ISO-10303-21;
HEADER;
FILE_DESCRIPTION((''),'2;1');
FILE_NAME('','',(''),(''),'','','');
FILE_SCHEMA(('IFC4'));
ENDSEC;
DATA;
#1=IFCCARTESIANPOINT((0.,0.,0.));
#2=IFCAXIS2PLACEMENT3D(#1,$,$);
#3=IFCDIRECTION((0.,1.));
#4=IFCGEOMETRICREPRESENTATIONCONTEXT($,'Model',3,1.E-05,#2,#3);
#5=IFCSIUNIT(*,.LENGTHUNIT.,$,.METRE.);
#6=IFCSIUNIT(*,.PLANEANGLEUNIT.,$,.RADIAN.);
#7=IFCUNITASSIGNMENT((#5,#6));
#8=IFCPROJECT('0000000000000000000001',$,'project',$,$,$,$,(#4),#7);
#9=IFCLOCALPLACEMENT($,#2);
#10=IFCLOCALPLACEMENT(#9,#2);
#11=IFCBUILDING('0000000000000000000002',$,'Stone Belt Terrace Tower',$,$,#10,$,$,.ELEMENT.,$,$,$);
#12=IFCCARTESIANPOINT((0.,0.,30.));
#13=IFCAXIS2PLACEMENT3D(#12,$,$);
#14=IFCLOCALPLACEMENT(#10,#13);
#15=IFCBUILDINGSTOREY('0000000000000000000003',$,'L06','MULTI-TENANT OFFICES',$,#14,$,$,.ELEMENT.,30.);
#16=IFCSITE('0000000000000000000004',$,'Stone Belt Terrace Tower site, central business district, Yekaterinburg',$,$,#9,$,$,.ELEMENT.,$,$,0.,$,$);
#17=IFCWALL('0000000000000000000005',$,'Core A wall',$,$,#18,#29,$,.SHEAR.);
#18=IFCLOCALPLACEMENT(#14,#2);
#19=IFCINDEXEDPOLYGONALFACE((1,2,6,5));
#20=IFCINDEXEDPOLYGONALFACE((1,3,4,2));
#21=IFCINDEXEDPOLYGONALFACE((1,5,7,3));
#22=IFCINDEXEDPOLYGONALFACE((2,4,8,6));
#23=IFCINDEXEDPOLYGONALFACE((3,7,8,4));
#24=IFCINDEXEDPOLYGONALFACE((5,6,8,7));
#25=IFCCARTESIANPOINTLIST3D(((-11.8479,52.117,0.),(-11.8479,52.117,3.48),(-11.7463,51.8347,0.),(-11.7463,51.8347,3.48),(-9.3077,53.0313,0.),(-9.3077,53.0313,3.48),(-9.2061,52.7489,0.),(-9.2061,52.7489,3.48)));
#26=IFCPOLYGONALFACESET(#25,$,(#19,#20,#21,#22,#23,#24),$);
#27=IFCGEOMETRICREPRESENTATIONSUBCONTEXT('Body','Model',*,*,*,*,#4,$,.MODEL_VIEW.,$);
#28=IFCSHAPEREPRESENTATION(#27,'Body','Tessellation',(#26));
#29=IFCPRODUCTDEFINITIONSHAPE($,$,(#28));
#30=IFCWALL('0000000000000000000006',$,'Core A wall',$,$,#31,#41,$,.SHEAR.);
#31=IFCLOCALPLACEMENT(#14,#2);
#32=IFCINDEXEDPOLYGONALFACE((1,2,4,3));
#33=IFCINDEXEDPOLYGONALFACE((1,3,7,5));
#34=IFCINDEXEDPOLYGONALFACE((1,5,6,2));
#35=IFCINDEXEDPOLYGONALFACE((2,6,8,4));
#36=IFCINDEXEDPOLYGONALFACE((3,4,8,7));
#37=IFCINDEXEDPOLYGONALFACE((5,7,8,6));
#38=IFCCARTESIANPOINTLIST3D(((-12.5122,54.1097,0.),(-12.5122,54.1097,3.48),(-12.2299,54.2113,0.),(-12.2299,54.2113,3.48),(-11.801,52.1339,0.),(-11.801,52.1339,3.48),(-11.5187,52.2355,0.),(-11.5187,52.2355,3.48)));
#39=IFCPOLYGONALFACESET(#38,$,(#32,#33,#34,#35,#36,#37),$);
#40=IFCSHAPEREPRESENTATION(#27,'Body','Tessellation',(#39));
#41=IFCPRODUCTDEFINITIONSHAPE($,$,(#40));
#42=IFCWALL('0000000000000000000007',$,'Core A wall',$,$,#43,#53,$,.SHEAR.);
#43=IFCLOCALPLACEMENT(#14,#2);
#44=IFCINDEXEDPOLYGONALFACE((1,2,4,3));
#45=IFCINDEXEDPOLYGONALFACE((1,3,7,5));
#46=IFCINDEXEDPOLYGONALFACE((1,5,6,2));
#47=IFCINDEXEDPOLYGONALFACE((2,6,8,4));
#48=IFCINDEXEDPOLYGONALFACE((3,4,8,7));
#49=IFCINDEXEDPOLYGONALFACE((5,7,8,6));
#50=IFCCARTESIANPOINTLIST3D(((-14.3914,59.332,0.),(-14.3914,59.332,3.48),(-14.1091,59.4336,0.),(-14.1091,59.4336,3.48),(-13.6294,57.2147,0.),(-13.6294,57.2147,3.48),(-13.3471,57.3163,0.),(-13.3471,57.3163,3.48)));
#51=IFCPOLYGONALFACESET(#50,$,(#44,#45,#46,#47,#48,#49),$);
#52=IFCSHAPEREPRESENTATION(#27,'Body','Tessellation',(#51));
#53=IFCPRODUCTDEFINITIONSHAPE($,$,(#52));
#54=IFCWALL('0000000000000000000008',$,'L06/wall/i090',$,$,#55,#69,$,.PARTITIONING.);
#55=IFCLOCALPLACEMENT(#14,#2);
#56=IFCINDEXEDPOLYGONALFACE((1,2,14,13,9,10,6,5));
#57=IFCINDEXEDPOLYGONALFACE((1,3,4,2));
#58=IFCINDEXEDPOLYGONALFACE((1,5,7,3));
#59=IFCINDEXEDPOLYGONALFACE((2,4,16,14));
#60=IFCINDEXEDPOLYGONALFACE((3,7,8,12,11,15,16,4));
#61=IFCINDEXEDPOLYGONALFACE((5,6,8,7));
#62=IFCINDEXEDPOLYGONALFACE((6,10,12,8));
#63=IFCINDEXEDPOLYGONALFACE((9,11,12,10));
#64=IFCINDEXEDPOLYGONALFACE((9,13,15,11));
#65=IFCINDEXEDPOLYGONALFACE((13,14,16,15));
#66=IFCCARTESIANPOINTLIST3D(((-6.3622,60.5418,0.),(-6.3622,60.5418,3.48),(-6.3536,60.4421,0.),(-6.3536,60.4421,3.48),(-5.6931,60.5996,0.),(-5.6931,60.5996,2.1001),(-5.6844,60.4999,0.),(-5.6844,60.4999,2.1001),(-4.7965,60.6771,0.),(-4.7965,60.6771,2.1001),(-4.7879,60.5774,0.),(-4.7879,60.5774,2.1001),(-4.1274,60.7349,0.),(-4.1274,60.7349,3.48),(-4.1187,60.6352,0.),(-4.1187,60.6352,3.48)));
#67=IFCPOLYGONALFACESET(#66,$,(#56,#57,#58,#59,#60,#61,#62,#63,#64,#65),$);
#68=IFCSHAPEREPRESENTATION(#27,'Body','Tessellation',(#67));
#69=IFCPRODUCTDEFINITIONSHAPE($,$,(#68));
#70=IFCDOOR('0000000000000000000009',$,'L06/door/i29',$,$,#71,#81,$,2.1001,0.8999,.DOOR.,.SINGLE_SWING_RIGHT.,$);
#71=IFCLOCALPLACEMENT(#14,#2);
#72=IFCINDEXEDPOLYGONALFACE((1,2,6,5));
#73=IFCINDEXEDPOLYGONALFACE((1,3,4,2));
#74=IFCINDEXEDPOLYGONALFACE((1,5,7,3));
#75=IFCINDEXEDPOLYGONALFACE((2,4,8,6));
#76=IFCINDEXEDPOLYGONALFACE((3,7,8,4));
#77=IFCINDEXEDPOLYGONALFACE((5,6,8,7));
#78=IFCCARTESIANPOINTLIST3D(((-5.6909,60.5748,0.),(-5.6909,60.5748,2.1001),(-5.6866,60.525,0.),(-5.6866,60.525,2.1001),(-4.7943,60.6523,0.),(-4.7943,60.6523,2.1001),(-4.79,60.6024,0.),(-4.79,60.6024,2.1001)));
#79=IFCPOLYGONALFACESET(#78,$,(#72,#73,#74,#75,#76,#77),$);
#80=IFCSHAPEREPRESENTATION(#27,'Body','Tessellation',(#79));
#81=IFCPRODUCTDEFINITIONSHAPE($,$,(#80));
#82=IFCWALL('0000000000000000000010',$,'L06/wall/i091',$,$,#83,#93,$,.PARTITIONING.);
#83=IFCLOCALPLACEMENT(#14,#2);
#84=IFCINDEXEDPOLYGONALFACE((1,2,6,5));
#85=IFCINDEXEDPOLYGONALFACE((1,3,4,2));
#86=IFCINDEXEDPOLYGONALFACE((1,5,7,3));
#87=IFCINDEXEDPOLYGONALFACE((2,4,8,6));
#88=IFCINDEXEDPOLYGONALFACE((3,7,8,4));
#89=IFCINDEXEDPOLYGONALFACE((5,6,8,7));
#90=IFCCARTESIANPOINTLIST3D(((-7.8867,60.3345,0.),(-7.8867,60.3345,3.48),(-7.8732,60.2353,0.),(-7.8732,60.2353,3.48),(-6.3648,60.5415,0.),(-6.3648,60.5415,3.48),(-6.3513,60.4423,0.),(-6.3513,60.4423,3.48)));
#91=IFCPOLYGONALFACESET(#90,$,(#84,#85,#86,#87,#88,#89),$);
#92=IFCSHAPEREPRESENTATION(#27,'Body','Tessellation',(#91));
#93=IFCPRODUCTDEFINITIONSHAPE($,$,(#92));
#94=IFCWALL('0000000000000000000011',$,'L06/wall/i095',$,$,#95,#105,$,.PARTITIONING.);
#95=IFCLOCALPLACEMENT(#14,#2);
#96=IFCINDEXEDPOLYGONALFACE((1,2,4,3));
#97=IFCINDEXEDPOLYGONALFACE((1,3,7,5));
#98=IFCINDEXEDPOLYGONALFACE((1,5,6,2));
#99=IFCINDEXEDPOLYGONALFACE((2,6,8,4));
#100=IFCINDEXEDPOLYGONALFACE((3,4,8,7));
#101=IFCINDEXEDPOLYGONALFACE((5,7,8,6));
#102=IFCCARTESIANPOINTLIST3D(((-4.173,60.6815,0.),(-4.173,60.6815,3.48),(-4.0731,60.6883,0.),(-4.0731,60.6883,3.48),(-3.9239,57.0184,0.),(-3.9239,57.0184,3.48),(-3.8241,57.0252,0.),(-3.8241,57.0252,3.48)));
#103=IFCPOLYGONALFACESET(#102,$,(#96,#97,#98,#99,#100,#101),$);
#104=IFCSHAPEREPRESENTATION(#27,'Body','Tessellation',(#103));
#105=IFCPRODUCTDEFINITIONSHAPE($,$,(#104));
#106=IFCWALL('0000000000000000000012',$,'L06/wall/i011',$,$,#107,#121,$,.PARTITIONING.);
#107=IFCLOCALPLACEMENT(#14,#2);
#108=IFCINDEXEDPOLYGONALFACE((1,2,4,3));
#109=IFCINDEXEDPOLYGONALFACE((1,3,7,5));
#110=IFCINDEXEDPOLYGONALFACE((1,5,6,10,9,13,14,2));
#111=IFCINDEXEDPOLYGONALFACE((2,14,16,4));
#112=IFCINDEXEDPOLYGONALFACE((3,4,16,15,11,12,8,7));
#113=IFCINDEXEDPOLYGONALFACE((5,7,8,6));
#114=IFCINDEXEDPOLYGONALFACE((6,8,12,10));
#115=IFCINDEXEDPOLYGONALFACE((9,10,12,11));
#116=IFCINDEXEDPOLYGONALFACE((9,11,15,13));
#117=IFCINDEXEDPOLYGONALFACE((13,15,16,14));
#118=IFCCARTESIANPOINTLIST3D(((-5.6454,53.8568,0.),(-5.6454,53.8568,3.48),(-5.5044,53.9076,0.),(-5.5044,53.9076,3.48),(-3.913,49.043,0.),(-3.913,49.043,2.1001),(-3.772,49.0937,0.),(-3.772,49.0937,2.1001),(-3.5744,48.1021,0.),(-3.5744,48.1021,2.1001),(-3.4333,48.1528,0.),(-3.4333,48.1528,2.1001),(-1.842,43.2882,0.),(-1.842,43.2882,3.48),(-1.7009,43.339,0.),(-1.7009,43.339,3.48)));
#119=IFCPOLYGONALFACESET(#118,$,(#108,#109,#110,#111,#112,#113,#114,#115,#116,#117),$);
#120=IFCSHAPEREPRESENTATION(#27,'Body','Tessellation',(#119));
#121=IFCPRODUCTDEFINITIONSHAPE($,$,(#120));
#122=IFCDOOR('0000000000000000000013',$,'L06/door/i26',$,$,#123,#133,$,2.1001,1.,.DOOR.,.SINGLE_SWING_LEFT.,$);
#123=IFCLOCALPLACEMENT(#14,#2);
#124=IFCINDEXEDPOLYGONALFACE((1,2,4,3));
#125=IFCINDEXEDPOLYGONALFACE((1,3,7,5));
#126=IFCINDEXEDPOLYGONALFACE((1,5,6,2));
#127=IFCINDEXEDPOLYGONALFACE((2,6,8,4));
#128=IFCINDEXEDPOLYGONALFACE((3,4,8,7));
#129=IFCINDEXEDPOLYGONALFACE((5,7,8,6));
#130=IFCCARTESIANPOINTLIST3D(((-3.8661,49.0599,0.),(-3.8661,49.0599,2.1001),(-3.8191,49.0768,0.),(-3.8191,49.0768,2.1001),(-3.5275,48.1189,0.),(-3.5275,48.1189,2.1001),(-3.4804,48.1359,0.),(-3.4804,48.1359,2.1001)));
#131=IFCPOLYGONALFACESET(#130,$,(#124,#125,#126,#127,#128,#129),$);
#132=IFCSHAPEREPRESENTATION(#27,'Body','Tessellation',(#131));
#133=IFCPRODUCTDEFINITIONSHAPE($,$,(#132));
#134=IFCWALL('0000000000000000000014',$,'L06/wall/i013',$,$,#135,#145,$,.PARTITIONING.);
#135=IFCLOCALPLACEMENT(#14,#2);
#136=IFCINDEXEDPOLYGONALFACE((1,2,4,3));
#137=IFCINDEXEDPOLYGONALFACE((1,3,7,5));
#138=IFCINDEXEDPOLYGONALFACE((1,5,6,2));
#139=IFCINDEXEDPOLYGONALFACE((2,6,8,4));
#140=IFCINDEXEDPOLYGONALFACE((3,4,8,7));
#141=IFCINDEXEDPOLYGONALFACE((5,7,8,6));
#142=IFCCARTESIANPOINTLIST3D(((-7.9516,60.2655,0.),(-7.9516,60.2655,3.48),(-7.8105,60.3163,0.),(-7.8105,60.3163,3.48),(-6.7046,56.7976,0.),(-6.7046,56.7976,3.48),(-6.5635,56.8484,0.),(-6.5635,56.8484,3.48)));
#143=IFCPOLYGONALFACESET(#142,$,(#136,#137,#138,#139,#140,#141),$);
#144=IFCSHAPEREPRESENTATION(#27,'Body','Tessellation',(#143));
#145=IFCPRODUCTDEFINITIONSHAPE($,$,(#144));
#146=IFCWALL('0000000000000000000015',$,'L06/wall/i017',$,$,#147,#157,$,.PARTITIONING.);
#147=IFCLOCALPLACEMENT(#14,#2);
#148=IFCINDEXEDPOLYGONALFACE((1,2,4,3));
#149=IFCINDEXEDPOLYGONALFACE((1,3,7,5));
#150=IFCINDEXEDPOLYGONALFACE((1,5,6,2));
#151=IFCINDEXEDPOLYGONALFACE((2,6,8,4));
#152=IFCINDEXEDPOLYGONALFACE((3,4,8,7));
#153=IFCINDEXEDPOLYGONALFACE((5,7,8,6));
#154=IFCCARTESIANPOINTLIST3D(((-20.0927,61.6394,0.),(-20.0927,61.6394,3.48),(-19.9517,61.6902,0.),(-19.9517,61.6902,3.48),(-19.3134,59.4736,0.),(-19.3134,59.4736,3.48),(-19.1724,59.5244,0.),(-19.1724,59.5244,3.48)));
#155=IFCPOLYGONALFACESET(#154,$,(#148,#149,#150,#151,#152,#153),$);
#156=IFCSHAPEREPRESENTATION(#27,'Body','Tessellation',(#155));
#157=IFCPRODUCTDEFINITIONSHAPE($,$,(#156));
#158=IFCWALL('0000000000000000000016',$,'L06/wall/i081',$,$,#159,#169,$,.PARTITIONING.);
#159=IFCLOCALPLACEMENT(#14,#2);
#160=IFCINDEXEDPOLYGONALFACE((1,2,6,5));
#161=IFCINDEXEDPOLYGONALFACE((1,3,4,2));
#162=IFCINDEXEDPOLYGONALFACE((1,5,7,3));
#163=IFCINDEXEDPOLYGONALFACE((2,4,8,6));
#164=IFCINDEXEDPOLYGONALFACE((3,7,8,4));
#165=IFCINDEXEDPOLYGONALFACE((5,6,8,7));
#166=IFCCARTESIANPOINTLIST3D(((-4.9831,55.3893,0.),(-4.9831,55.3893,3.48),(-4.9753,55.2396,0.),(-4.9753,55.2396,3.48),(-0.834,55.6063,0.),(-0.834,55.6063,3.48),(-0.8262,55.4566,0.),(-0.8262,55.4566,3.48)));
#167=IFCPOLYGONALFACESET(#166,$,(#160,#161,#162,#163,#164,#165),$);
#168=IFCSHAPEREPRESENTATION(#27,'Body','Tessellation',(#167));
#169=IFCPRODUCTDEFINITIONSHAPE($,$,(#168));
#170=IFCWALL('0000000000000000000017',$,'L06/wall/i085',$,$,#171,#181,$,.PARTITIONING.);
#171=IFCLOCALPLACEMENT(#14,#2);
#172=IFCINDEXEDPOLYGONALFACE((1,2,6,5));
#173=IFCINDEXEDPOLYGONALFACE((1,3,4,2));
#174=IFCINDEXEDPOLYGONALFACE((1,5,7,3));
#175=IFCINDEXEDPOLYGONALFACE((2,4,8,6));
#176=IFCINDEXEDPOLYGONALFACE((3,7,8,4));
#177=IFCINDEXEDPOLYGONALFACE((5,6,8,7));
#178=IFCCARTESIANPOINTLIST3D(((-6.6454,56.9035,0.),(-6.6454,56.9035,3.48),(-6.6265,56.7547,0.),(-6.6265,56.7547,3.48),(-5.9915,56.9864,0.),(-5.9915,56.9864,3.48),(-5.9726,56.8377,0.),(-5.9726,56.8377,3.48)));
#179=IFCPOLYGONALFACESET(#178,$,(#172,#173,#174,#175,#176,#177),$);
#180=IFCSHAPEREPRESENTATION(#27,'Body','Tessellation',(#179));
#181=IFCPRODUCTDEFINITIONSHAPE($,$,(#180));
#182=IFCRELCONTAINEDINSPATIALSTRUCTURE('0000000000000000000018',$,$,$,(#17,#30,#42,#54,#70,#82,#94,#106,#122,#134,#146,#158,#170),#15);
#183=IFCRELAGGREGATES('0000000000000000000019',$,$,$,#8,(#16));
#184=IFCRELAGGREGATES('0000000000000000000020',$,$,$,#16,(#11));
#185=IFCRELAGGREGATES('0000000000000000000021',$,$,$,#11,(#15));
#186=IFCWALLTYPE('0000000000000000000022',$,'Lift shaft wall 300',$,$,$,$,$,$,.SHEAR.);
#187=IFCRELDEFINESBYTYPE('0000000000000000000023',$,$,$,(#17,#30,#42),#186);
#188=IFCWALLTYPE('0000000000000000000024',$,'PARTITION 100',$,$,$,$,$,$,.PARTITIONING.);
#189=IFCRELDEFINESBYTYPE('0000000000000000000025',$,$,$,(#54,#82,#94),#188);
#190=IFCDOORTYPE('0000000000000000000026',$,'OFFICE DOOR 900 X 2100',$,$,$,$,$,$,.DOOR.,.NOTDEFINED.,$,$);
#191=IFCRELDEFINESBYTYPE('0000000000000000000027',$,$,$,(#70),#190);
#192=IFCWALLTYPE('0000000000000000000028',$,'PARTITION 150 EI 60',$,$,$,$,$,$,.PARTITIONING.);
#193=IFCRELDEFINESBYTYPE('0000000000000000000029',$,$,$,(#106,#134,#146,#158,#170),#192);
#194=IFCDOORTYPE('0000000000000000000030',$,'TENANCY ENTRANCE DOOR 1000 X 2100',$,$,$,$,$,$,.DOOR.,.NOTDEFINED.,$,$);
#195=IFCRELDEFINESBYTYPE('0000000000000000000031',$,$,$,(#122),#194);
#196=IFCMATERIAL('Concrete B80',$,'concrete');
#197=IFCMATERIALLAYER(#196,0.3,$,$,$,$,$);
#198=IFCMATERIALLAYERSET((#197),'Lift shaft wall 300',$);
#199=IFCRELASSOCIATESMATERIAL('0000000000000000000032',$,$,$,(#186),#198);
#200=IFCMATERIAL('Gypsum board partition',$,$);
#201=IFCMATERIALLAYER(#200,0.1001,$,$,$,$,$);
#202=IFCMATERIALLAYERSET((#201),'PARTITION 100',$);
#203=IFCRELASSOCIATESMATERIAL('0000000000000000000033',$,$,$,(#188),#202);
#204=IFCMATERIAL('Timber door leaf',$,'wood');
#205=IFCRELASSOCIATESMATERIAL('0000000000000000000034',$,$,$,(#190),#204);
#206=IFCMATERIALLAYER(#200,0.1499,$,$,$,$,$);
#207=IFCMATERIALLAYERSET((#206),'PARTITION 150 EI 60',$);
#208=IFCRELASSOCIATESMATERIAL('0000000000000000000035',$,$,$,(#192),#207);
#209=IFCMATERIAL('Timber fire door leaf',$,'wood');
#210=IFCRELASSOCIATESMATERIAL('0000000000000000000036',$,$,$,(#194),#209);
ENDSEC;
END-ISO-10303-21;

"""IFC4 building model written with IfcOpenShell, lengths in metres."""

from ifc_helpers import new_model, si_unit, direction, frame, frame_2d, origin, place, context, subcontext, project, spatial, rectangle, extrude, material, layer, layer_set, type_object, element, fill, save


model = new_model("IFC4")

# Units and contexts
model_context = context("Model", 3, precision=1e-05, world=origin(), true_north=direction((0.0, 1.0)))
body_context = subcontext(model_context, "Body", "Model", "MODEL_VIEW")
ifc_project = project(units=[si_unit("LENGTHUNIT", "METRE"), si_unit("PLANEANGLEUNIT", "RADIAN")], contexts=[model_context])

# Site, building, storey
site_placement = place(None, origin())
site = spatial("IfcSite", under=ifc_project, at=site_placement, Name="Stone Belt Terrace Tower site, central business district, Yekaterinburg", CompositionType="ELEMENT", RefElevation=0.0)
building_placement = place(site_placement, origin())
building = spatial("IfcBuilding", under=site, at=building_placement, Name="Stone Belt Terrace Tower", CompositionType="ELEMENT")
storey_placement = place(building_placement, frame((0.0, 0.0, 30.0)))
storey = spatial("IfcBuildingStorey", under=building, at=storey_placement, Name="L06", Description="MULTI-TENANT OFFICES", CompositionType="ELEMENT", Elevation=30.0)

# Shared definitions
ifc_material_1 = material(Name="Concrete B80", Category="concrete")

# Shared definitions
ifc_material_2 = material(Name="Timber door leaf", Category="wood")

# Walls
ifc_layer_1 = layer(ifc_material_1, 0.3)
ifc_layer_set_1 = layer_set([ifc_layer_1], Name="Lift shaft wall 300")
wall_type_1 = type_object("IfcWallType", Name="Lift shaft wall 300", PredefinedType="SHEAR", material=ifc_layer_set_1)
wall_1_placement = place(storey_placement, frame((-11.7971, 51.9758, 0.0), z_axis=(0.0, 0.0, 1.0), x_axis=(0.94091, 0.338655, 0.0)))
element("IfcWall", 1, at=wall_1_placement, inside=storey, type_object=wall_type_1, Name="Core A wall", PredefinedType="SHEAR", context=body_context, shape_type="SweptSolid", body=[
    extrude(rectangle(XDim=2.6997, YDim=0.3, at=frame_2d((1.3499, 0.0))), origin(), (0.0, 0.0, 1.0), 3.48),
])
wall_2_placement = place(storey_placement, frame((-11.6599, 52.1848, 0.0), z_axis=(0.0, 0.0, 1.0), x_axis=(-0.33867, 0.940905, 0.0)))
element("IfcWall", 2, at=wall_2_placement, inside=storey, type_object=wall_type_1, Name="Core A wall", PredefinedType="SHEAR", context=body_context, shape_type="SweptSolid", body=[
    extrude(rectangle(XDim=2.0999, YDim=0.3, at=frame_2d((1.0498, 0.0))), origin(), (0.0, 0.0, 1.0), 3.48),
])
wall_3_placement = place(storey_placement, frame((-13.4883, 57.2656, 0.0), z_axis=(0.0, 0.0, 1.0), x_axis=(-0.338631, 0.940919, 0.0)))
element("IfcWall", 3, at=wall_3_placement, inside=storey, type_object=wall_type_1, Name="Core A wall", PredefinedType="SHEAR", context=body_context, shape_type="SweptSolid", body=[
    extrude(rectangle(XDim=2.2502, YDim=0.3, at=frame_2d((1.125, 0.0))), origin(), (0.0, 0.0, 1.0), 3.48),
])

# Wall, opening, door
ifc_material_3 = material(Name="Gypsum board partition")
ifc_layer_2 = layer(ifc_material_3, 0.1001)
ifc_layer_set_2 = layer_set([ifc_layer_2], Name="PARTITION 100")
wall_type_2 = type_object("IfcWallType", Name="PARTITION 100", PredefinedType="PARTITIONING", material=ifc_layer_set_2)
wall_4_placement = place(storey_placement, frame((-4.123, 60.6851, 0.0), z_axis=(0.0, 0.0, 1.0), x_axis=(-0.996287, -0.08609, 0.0)))
wall_4 = element("IfcWall", 4, at=wall_4_placement, inside=storey, type_object=wall_type_2, Name="L06/wall/i090", PredefinedType="PARTITIONING", context=body_context, shape_type="SweptSolid", body=[
    extrude(rectangle(XDim=2.2432, YDim=0.1001, at=frame_2d((1.1216, 0.0))), origin(), (0.0, 0.0, 1.0), 3.48),
])
opening_1_placement = place(wall_4_placement, frame((0.6716, 0.0, 0.0)))
opening_1 = element("IfcOpeningElement", 5, at=opening_1_placement, cuts=wall_4, PredefinedType="OPENING", context=body_context, shape_type="SweptSolid", body=[
    extrude(rectangle(XDim=0.8999, YDim=2.1001, at=frame_2d((0.45, 1.05))), frame((0.0, 0.0601, 0.0), z_axis=(0.0, -1.0, 0.0), x_axis=(1.0, 0.0, 0.0)), (0.0, 0.0, 1.0), 0.1201),
])
door_type_1 = type_object("IfcDoorType", Name="OFFICE DOOR 900 X 2100", OperationType="NOTDEFINED", PredefinedType="DOOR", material=ifc_material_2)
door_1_placement = place(opening_1_placement, origin())
door_1 = element("IfcDoor", 6, at=door_1_placement, inside=storey, type_object=door_type_1, Name="L06/door/i29", OperationType="SINGLE_SWING_RIGHT", OverallHeight=2.1001, OverallWidth=0.8999, PredefinedType="DOOR", context=body_context, shape_type="SweptSolid", body=[
    extrude(rectangle(XDim=0.8999, YDim=2.1001, at=frame_2d((0.45, 1.05))), frame((0.0, 0.0249, 0.0), z_axis=(0.0, -1.0, 0.0), x_axis=(1.0, 0.0, 0.0)), (0.0, 0.0, 1.0), 0.05),
])
fill(opening_1, door_1)

# Walls
wall_5_placement = place(storey_placement, frame((-6.3579, 60.4919, 0.0), z_axis=(0.0, 0.0, 1.0), x_axis=(-0.990875, -0.134787, 0.0)))
element("IfcWall", 7, at=wall_5_placement, inside=storey, type_object=wall_type_2, Name="L06/wall/i091", PredefinedType="PARTITIONING", context=body_context, shape_type="SweptSolid", body=[
    extrude(rectangle(XDim=1.5359, YDim=0.1001, at=frame_2d((0.7681, 0.0))), origin(), (0.0, 0.0, 1.0), 3.48),
])
wall_6_placement = place(storey_placement, frame((-4.123, 60.6851, 0.0), z_axis=(0.0, 0.0, 1.0), x_axis=(0.067825, -0.997697, 0.0)))
element("IfcWall", 8, at=wall_6_placement, inside=storey, type_object=wall_type_2, Name="L06/wall/i095", PredefinedType="PARTITIONING", context=body_context, shape_type="SweptSolid", body=[
    extrude(rectangle(XDim=3.6716, YDim=0.1001, at=frame_2d((1.8359, 0.0))), origin(), (0.0, 0.0, 1.0), 3.48),
])

# Wall, opening, door
ifc_layer_3 = layer(ifc_material_3, 0.1499)
ifc_layer_set_3 = layer_set([ifc_layer_3], Name="PARTITION 150 EI 60")
wall_type_3 = type_object("IfcWallType", Name="PARTITION 150 EI 60", PredefinedType="PARTITIONING", material=ifc_layer_set_3)
wall_7_placement = place(storey_placement, frame((-5.575, 53.8823, 0.0), z_axis=(0.0, 0.0, 1.0), x_axis=(0.338622, -0.940922, 0.0)))
wall_7 = element("IfcWall", 9, at=wall_7_placement, inside=storey, type_object=wall_type_3, Name="L06/wall/i011", PredefinedType="PARTITIONING", context=body_context, shape_type="SweptSolid", body=[
    extrude(rectangle(XDim=11.2322, YDim=0.1499, at=frame_2d((5.6162, 0.0))), origin(), (0.0, 0.0, 1.0), 3.48),
])
opening_2_placement = place(wall_7_placement, frame((5.1162, 0.0, 0.0)))
opening_2 = element("IfcOpeningElement", 10, at=opening_2_placement, cuts=wall_7, PredefinedType="OPENING", context=body_context, shape_type="SweptSolid", body=[
    extrude(rectangle(XDim=1.0, YDim=2.1001, at=frame_2d((0.5, 1.05))), frame((0.0, 0.085, 0.0), z_axis=(0.0, -1.0, 0.0), x_axis=(1.0, 0.0, 0.0)), (0.0, 0.0, 1.0), 0.1699),
])
ifc_material_4 = material(Name="Timber fire door leaf", Category="wood")
door_type_2 = type_object("IfcDoorType", Name="TENANCY ENTRANCE DOOR 1000 X 2100", OperationType="NOTDEFINED", PredefinedType="DOOR", material=ifc_material_4)
door_2_placement = place(opening_2_placement, origin())
door_2 = element("IfcDoor", 11, at=door_2_placement, inside=storey, type_object=door_type_2, Name="L06/door/i26", OperationType="SINGLE_SWING_LEFT", OverallHeight=2.1001, OverallWidth=1.0, PredefinedType="DOOR", context=body_context, shape_type="SweptSolid", body=[
    extrude(rectangle(XDim=1.0, YDim=2.1001, at=frame_2d((0.5, 1.05))), frame((0.0, 0.0249, 0.0), z_axis=(0.0, -1.0, 0.0), x_axis=(1.0, 0.0, 0.0)), (0.0, 0.0, 1.0), 0.05),
])
fill(opening_2, door_2)

# Walls
wall_8_placement = place(storey_placement, frame((-7.8811, 60.291, 0.0), z_axis=(0.0, 0.0, 1.0), x_axis=(0.338379, -0.94101, 0.0)))
element("IfcWall", 12, at=wall_8_placement, inside=storey, type_object=wall_type_3, Name="L06/wall/i013", PredefinedType="PARTITIONING", context=body_context, shape_type="SweptSolid", body=[
    extrude(rectangle(XDim=3.6853, YDim=0.1499, at=frame_2d((1.8428, 0.0))), origin(), (0.0, 0.0, 1.0), 3.48),
])
wall_9_placement = place(storey_placement, frame((-20.0222, 61.6648, 0.0), z_axis=(0.0, 0.0, 1.0), x_axis=(0.338573, -0.94094, 0.0)))
element("IfcWall", 13, at=wall_9_placement, inside=storey, type_object=wall_type_3, Name="L06/wall/i017", PredefinedType="PARTITIONING", context=body_context, shape_type="SweptSolid", body=[
    extrude(rectangle(XDim=2.3018, YDim=0.1499, at=frame_2d((1.1509, 0.0))), origin(), (0.0, 0.0, 1.0), 3.48),
])
wall_10_placement = place(storey_placement, frame((-0.8301, 55.5315, 0.0), z_axis=(0.0, 0.0, 1.0), x_axis=(-0.998635, -0.052238, 0.0)))
element("IfcWall", 14, at=wall_10_placement, inside=storey, type_object=wall_type_3, Name="L06/wall/i081", PredefinedType="PARTITIONING", context=body_context, shape_type="SweptSolid", body=[
    extrude(rectangle(XDim=4.1548, YDim=0.1499, at=frame_2d((2.0774, 0.0))), origin(), (0.0, 0.0, 1.0), 3.48),
])
wall_11_placement = place(storey_placement, frame((-6.636, 56.8291, 0.0), z_axis=(0.0, 0.0, 1.0), x_axis=(0.992043, 0.125903, 0.0)))
element("IfcWall", 15, at=wall_11_placement, inside=storey, type_object=wall_type_3, Name="L06/wall/i085", PredefinedType="PARTITIONING", context=body_context, shape_type="SweptSolid", body=[
    extrude(rectangle(XDim=0.6592, YDim=0.1499, at=frame_2d((0.3296, 0.0))), origin(), (0.0, 0.0, 1.0), 3.48),
])

save(model, "model.ifc")
